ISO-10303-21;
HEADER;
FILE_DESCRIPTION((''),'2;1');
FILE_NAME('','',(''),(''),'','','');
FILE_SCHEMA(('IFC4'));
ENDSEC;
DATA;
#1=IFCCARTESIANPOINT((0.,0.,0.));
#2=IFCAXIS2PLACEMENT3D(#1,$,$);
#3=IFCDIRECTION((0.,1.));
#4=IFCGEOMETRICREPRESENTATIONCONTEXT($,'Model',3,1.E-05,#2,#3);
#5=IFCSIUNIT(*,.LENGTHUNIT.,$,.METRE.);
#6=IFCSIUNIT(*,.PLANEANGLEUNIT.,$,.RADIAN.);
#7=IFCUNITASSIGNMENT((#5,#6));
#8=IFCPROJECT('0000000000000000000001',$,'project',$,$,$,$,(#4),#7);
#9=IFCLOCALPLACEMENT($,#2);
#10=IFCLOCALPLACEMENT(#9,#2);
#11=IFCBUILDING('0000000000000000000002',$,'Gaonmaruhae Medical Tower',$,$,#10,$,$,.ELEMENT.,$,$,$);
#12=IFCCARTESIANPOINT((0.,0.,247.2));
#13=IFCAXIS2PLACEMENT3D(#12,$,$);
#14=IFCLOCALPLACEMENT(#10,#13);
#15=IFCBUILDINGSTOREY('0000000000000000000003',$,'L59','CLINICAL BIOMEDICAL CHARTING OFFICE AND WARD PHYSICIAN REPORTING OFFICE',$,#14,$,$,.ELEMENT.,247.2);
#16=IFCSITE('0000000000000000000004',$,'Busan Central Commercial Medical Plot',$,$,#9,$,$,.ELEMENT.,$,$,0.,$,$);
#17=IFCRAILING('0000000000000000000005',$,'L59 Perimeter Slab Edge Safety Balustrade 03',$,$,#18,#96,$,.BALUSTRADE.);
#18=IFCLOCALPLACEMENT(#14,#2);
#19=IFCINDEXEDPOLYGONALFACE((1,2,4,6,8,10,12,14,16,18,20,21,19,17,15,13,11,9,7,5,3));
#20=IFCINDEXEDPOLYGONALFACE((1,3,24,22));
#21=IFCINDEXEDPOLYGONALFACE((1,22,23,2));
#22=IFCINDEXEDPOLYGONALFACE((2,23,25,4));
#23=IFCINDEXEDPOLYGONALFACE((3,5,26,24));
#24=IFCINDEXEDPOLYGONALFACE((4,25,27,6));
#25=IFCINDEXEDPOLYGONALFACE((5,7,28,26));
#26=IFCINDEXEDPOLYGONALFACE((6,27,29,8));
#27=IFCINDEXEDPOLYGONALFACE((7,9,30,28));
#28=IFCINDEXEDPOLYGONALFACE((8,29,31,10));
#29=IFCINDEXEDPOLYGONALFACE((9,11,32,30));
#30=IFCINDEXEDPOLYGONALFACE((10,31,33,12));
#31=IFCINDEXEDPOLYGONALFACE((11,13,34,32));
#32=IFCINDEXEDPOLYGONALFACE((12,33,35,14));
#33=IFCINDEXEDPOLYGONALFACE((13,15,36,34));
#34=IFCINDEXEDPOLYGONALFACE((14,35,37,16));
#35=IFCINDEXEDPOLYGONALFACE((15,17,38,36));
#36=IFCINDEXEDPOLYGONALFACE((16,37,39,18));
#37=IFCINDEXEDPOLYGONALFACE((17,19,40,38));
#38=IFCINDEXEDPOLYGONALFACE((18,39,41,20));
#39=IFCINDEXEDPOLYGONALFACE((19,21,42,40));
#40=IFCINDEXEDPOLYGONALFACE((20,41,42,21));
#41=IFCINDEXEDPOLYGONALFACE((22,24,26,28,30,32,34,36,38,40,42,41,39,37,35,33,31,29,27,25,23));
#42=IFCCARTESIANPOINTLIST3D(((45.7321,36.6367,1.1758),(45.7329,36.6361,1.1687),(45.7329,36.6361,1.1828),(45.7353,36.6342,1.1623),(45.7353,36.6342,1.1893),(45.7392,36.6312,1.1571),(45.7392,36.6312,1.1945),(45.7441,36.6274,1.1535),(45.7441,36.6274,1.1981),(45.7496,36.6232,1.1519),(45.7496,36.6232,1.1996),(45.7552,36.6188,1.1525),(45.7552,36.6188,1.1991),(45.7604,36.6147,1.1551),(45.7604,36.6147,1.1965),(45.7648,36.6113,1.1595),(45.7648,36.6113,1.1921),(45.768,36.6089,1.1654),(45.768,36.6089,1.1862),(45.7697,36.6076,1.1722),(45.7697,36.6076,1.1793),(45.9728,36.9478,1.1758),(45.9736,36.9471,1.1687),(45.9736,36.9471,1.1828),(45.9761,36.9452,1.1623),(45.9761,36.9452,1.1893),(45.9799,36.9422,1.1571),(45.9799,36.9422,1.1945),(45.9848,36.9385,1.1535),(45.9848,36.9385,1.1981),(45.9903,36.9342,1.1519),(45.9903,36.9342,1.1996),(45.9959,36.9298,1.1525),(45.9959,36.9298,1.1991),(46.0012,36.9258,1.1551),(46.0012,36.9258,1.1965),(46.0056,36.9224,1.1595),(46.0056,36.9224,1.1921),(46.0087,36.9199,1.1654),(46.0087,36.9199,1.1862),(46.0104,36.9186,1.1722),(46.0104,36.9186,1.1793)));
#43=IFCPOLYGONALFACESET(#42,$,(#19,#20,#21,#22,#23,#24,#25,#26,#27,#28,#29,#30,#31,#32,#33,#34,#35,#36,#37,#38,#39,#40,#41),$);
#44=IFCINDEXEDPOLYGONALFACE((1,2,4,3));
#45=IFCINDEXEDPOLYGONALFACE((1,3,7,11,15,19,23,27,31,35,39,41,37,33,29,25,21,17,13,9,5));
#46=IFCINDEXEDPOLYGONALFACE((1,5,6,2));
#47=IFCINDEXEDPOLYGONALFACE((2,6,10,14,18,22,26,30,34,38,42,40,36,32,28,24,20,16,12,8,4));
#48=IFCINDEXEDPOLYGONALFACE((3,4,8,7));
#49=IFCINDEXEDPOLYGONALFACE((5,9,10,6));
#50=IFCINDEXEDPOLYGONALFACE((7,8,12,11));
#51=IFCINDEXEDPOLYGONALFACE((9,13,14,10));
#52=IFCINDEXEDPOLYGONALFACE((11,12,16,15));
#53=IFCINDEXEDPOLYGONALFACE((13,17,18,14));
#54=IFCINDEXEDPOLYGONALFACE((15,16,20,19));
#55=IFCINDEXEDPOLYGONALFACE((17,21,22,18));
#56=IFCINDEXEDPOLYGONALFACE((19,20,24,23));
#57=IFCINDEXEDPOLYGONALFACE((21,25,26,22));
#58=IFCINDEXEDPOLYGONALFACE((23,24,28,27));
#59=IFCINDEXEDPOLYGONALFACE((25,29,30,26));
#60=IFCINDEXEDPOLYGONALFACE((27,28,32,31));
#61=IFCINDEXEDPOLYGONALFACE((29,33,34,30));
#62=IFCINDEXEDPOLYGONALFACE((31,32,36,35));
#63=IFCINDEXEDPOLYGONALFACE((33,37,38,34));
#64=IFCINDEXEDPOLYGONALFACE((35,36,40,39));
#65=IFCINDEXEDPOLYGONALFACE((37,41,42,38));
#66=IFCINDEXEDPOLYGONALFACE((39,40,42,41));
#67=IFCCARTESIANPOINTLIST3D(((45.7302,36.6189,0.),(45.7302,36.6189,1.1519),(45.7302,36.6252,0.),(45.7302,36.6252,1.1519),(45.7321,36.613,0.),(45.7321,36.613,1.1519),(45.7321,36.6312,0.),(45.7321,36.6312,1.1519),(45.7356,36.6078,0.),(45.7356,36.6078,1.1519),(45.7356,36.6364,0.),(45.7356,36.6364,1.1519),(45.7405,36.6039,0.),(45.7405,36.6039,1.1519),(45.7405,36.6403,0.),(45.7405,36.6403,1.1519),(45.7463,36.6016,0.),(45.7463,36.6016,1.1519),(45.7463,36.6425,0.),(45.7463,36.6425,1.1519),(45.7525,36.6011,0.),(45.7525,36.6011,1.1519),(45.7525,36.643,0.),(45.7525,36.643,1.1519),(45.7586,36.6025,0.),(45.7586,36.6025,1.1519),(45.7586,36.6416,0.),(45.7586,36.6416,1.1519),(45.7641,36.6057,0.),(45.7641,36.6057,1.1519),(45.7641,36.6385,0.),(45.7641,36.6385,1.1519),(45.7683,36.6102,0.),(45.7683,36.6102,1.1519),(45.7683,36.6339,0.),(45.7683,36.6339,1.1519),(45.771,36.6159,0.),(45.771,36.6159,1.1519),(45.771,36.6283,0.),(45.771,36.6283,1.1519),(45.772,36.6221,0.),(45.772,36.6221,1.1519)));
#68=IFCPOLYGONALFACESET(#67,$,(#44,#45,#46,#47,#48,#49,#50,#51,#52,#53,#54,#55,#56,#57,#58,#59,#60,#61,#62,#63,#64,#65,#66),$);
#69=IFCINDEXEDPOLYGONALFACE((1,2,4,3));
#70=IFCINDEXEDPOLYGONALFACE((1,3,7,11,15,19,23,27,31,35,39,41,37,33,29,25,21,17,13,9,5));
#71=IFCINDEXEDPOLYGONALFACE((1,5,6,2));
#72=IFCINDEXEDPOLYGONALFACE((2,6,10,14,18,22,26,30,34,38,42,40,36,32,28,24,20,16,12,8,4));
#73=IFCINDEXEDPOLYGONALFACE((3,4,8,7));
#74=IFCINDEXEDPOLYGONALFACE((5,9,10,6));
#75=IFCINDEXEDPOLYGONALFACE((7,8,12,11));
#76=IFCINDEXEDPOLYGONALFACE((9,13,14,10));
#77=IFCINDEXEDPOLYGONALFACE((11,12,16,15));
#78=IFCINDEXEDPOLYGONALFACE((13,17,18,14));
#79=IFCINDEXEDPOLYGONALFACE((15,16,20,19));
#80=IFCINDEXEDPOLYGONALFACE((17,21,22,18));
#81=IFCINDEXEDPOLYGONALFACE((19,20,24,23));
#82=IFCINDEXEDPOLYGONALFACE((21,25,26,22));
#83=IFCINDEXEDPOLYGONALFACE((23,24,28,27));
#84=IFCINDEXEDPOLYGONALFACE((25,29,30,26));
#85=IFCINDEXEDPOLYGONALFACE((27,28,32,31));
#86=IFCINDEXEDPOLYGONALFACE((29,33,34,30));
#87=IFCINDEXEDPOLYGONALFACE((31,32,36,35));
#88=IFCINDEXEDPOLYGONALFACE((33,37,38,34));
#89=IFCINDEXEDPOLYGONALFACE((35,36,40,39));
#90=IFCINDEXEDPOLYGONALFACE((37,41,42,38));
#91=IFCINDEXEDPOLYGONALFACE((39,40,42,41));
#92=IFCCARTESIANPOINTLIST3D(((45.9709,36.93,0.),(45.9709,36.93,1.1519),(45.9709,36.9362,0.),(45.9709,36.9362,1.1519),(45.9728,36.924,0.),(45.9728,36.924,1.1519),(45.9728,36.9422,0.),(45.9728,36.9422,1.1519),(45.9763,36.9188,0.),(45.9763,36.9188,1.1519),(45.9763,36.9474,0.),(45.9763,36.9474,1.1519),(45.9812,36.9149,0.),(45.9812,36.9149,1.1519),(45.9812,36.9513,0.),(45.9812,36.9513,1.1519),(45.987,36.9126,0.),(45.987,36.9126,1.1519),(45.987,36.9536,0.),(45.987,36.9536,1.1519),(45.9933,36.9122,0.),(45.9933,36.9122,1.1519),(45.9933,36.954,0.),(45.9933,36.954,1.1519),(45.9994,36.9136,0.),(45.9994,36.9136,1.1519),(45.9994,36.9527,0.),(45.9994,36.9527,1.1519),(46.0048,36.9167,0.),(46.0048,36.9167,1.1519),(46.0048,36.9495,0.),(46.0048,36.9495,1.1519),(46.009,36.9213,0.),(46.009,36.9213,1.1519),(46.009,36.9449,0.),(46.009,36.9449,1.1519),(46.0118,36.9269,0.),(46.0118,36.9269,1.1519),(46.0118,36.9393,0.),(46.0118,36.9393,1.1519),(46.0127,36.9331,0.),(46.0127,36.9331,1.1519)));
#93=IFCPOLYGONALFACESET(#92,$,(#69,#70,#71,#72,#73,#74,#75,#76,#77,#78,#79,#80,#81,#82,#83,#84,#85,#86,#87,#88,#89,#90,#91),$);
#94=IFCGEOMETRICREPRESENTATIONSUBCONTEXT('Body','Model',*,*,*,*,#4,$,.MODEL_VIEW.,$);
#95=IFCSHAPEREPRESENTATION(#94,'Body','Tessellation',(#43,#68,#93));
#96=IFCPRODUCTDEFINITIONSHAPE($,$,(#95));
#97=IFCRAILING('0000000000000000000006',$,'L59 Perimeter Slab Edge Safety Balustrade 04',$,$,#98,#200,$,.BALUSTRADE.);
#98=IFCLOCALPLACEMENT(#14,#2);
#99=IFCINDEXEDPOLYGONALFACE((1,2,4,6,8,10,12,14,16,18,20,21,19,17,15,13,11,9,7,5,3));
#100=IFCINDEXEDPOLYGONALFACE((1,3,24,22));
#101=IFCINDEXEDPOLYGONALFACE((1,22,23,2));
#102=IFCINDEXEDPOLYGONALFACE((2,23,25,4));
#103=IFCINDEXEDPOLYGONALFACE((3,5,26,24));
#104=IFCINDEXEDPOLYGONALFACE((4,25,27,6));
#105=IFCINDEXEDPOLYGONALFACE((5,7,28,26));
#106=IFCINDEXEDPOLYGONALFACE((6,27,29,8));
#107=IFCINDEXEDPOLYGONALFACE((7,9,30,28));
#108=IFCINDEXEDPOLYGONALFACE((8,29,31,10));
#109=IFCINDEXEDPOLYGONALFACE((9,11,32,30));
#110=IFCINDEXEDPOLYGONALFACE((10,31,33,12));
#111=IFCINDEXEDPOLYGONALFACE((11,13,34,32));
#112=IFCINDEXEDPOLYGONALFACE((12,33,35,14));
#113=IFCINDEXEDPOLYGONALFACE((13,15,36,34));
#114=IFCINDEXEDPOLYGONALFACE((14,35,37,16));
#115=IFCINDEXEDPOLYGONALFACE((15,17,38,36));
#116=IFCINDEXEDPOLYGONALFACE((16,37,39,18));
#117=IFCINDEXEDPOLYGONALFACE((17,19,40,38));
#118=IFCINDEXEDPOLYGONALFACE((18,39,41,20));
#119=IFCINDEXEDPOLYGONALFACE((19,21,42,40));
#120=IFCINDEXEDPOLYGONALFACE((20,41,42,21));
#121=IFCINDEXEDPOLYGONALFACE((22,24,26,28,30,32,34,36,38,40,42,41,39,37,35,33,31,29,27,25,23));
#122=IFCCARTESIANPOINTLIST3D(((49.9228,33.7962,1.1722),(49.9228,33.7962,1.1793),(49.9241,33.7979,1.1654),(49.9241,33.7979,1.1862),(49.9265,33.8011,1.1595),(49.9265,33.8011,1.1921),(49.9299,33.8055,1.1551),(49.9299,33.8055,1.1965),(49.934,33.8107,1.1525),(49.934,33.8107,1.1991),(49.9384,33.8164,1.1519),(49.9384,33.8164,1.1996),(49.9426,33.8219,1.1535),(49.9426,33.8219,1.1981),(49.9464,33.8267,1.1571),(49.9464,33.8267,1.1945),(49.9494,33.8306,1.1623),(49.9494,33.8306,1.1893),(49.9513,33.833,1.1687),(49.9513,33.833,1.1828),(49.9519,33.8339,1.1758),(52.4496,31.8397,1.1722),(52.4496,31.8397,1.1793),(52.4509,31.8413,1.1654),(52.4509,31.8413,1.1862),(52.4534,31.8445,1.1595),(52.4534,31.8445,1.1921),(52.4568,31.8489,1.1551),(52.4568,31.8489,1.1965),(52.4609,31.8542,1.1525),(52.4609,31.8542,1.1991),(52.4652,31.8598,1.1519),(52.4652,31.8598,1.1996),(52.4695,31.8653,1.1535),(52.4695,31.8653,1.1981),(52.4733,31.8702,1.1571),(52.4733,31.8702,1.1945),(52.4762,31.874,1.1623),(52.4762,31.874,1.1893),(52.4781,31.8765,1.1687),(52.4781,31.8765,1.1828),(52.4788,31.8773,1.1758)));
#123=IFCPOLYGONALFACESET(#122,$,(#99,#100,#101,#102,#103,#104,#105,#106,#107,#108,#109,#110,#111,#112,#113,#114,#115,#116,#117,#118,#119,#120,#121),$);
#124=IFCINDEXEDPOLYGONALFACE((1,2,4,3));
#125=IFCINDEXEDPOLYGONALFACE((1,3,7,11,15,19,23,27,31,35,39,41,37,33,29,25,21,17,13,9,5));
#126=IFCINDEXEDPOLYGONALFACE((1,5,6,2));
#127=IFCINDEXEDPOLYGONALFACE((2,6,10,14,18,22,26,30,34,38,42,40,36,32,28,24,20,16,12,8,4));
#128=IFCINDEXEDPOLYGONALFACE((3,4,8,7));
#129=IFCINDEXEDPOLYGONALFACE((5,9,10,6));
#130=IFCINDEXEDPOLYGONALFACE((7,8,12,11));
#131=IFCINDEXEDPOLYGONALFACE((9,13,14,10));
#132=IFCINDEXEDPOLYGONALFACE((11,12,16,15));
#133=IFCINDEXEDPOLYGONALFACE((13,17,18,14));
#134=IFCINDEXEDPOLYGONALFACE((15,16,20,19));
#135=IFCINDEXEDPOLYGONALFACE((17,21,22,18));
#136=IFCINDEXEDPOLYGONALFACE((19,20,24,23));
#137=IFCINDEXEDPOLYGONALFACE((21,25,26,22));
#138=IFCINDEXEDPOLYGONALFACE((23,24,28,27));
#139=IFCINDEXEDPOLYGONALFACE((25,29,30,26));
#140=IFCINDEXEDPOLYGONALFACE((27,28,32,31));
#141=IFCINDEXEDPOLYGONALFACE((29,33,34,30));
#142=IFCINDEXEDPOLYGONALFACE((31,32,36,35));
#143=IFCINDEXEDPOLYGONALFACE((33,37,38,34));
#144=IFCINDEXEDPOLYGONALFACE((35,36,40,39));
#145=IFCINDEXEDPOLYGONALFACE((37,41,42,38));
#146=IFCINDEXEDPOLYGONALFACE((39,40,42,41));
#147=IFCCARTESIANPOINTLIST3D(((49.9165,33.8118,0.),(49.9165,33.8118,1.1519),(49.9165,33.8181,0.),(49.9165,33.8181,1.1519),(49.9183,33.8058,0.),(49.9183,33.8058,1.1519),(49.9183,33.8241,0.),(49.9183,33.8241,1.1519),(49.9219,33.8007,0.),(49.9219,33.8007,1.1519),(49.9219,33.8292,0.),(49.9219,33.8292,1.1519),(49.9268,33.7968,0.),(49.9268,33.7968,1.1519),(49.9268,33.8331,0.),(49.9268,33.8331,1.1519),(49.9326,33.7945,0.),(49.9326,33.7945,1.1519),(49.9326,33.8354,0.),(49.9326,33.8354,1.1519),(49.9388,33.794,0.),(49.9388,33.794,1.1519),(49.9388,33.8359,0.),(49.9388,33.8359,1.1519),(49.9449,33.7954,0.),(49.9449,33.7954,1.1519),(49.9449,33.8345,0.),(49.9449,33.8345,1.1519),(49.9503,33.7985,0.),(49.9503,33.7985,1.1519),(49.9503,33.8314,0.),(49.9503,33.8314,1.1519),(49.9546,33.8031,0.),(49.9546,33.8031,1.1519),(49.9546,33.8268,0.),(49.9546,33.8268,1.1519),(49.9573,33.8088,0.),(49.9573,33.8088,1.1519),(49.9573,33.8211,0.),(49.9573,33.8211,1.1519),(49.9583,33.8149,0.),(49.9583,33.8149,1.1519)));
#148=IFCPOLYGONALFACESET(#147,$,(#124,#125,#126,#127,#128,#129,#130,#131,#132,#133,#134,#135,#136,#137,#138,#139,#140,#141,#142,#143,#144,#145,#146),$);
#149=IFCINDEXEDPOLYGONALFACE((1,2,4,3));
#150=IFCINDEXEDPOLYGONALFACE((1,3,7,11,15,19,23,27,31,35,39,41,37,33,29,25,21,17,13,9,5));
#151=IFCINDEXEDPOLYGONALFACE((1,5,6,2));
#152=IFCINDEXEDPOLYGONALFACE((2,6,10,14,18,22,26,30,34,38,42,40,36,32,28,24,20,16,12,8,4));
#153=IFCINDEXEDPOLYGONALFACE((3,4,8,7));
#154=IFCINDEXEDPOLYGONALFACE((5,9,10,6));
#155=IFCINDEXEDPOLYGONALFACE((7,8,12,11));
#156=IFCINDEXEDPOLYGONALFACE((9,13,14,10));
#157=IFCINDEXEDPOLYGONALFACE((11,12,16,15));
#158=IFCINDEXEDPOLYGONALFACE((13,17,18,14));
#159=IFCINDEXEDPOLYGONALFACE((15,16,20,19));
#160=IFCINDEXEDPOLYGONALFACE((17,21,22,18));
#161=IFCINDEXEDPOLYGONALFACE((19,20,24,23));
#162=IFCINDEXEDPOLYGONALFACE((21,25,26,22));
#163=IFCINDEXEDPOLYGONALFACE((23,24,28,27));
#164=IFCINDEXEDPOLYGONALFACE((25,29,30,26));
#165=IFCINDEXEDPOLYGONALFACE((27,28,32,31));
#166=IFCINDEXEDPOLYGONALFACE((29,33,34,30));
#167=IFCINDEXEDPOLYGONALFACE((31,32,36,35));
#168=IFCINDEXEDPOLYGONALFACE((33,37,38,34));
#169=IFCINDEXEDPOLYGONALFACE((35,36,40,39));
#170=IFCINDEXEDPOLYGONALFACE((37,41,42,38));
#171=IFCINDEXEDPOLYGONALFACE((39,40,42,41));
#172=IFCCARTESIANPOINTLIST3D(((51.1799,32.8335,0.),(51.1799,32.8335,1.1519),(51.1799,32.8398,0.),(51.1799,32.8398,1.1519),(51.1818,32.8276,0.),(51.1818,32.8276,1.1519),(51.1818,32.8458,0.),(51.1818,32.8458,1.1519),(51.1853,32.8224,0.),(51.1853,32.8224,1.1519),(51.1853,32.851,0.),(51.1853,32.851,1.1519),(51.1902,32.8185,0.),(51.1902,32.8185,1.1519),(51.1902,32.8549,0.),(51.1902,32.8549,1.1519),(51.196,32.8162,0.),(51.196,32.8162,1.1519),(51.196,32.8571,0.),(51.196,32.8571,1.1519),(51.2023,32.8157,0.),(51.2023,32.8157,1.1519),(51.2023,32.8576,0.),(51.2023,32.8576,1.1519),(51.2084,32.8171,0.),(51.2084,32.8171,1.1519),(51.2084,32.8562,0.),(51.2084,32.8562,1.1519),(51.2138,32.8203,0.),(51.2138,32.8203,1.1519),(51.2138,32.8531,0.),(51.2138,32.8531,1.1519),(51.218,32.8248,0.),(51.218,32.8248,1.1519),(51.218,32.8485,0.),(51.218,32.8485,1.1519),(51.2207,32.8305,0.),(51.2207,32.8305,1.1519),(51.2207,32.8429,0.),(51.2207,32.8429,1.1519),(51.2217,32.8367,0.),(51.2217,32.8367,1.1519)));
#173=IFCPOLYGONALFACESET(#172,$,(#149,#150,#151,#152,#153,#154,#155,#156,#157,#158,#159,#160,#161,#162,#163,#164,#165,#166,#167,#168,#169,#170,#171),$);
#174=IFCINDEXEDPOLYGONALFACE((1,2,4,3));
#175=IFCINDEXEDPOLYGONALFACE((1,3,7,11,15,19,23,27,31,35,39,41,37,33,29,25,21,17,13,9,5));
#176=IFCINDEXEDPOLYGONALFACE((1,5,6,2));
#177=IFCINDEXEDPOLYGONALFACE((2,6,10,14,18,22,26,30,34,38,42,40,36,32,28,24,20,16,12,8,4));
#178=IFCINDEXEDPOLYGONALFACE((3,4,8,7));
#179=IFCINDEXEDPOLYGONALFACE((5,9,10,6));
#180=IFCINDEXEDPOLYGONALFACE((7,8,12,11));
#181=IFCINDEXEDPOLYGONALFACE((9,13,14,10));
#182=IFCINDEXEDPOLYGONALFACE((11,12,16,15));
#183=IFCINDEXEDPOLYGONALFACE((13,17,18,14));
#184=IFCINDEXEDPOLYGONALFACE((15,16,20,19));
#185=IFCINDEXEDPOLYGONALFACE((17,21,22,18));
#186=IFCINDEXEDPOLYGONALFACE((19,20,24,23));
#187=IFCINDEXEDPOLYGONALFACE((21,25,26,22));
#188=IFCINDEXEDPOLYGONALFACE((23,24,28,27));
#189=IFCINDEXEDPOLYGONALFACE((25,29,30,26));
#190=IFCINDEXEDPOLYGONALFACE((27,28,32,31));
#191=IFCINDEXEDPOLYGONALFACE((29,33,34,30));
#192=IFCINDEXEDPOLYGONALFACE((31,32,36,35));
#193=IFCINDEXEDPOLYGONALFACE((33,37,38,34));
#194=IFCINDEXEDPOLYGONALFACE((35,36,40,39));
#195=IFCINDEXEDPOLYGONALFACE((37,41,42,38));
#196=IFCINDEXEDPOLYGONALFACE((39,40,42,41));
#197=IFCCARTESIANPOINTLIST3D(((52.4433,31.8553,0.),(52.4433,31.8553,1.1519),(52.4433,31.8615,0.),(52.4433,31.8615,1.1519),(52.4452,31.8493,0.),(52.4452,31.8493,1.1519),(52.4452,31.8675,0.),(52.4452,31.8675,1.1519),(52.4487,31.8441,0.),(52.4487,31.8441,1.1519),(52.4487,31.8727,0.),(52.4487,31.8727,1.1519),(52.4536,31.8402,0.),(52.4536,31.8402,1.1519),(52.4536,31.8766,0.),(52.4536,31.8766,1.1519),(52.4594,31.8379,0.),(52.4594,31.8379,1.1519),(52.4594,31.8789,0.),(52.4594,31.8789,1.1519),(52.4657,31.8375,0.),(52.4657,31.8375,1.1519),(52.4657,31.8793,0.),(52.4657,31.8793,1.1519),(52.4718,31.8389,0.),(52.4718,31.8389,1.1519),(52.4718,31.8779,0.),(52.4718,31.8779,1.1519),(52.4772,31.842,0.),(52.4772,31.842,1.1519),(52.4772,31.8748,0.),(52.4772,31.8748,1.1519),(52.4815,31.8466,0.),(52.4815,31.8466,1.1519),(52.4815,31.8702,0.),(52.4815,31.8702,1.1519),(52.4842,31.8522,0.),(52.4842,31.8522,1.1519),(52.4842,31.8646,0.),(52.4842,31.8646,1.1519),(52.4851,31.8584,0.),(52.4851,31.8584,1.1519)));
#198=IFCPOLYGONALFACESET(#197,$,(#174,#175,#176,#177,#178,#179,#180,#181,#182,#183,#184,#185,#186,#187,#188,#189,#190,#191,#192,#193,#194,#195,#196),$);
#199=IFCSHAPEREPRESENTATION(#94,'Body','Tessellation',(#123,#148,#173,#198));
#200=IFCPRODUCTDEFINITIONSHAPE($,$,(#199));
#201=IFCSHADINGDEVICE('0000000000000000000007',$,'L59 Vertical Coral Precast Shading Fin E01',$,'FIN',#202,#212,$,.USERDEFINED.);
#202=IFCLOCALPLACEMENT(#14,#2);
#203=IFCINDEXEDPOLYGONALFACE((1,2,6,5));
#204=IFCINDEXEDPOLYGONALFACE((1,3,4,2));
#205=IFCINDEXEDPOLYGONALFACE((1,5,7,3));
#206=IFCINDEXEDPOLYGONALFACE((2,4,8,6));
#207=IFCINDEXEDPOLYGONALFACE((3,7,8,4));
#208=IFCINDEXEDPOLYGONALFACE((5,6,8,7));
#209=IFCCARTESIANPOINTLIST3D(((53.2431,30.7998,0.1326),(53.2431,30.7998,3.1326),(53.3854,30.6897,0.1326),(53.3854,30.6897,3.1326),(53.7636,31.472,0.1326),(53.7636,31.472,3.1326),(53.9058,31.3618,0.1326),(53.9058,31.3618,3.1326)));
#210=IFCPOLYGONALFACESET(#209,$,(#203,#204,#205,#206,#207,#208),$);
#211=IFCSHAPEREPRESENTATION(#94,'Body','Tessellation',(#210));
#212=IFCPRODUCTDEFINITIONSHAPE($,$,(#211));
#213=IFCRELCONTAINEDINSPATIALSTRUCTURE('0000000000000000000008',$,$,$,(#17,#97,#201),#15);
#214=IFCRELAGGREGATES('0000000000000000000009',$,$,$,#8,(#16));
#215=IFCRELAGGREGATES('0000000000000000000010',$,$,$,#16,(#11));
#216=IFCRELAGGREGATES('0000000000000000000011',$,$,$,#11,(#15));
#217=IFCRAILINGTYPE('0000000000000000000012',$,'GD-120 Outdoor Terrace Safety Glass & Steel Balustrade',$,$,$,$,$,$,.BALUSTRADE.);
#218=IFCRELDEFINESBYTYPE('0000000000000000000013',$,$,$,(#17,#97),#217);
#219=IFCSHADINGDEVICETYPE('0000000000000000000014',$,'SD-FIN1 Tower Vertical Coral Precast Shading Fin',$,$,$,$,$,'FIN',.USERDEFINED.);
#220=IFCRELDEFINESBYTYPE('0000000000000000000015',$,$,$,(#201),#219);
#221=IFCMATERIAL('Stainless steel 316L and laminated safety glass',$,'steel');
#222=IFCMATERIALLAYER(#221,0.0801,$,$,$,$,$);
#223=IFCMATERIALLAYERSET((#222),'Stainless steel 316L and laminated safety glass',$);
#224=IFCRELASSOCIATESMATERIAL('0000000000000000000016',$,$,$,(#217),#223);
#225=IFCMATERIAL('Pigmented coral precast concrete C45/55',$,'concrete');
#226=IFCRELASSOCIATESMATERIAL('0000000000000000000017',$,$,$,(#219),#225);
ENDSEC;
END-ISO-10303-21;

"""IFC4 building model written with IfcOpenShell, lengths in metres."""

from ifc_helpers import new_model, si_unit, direction, frame, origin, origin_2d, place, context, subcontext, project, spatial, rectangle, circle, extrude, material, layer, layer_set, type_object, element, save


model = new_model("IFC4")

# Units and contexts
model_context = context("Model", 3, precision=1e-05, world=origin(), true_north=direction((0.0, 1.0)))
body_context = subcontext(model_context, "Body", "Model", "MODEL_VIEW")
ifc_project = project(units=[si_unit("LENGTHUNIT", "METRE"), si_unit("PLANEANGLEUNIT", "RADIAN")], contexts=[model_context])

# Site, building, storey
site_placement = place(None, origin())
site = spatial("IfcSite", under=ifc_project, at=site_placement, Name="Busan Central Commercial Medical Plot", CompositionType="ELEMENT", RefElevation=0.0)
building_placement = place(site_placement, origin())
building = spatial("IfcBuilding", under=site, at=building_placement, Name="Gaonmaruhae Medical Tower", CompositionType="ELEMENT")
storey_placement = place(building_placement, frame((0.0, 0.0, 247.2)))
storey = spatial("IfcBuildingStorey", under=building, at=storey_placement, Name="L59", Description="CLINICAL BIOMEDICAL CHARTING OFFICE AND WARD PHYSICIAN REPORTING OFFICE", CompositionType="ELEMENT", Elevation=247.2)

# Railings
ifc_material_1 = material(Name="Stainless steel 316L and laminated safety glass", Category="steel")
ifc_layer_1 = layer(ifc_material_1, 0.0801)
ifc_layer_set_1 = layer_set([ifc_layer_1], Name="Stainless steel 316L and laminated safety glass")
railing_type = type_object("IfcRailingType", Name="GD-120 Outdoor Terrace Safety Glass & Steel Balustrade", PredefinedType="BALUSTRADE", material=ifc_layer_set_1)
railing_1_placement = place(storey_placement, frame((45.751, 36.6221, 0.0)))
element("IfcRailing", 1, at=railing_1_placement, inside=storey, type_object=railing_type, Name="L59 Perimeter Slab Edge Safety Balustrade 03", PredefinedType="BALUSTRADE", context=body_context, shape_type="SweptSolid", body=[
    extrude(circle(Radius=0.0239, at=origin_2d()), frame((0.0, 0.0, 1.1758), z_axis=(0.612048, 0.790821, 0.0), x_axis=(-0.790821, 0.612048, 0.0)), (0.0, 0.0, 1.0), 0.3933),
    extrude(circle(Radius=0.021, at=origin_2d()), origin(), (0.0, 0.0, 1.0), 1.1519),
    extrude(circle(Radius=0.021, at=origin_2d()), frame((0.2407, 0.311, 0.0)), (0.0, 0.0, 1.0), 1.1519),
])
railing_2_placement = place(storey_placement, frame((49.9373, 33.8149, 0.0)))
element("IfcRailing", 2, at=railing_2_placement, inside=storey, type_object=railing_type, Name="L59 Perimeter Slab Edge Safety Balustrade 04", PredefinedType="BALUSTRADE", context=body_context, shape_type="SweptSolid", body=[
    extrude(circle(Radius=0.0239, at=origin_2d()), frame((0.0, 0.0, 1.1758), z_axis=(0.790683, -0.612226, 0.0), x_axis=(0.612226, 0.790683, 0.0)), (0.0, 0.0, 1.0), 3.1958),
    extrude(circle(Radius=0.021, at=origin_2d()), origin(), (0.0, 0.0, 1.0), 1.1519),
    extrude(circle(Radius=0.021, at=origin_2d()), frame((1.2634, -0.9783, 0.0)), (0.0, 0.0, 1.0), 1.1519),
    extrude(circle(Radius=0.021, at=origin_2d()), frame((2.5269, -1.9565, 0.0)), (0.0, 0.0, 1.0), 1.1519),
])

# Shading device
ifc_material_2 = material(Name="Pigmented coral precast concrete C45/55", Category="concrete")
shading_device_type = type_object("IfcShadingDeviceType", Name="SD-FIN1 Tower Vertical Coral Precast Shading Fin", ElementType="FIN", PredefinedType="USERDEFINED", material=ifc_material_2)
for number, where, z_axis, x_axis, name in (
    (3, (53.5745, 31.0808, 0.1326), (0.0, 0.0, 1.0), (0.79069, -0.612217, 0.0), "L59 Vertical Coral Precast Shading Fin E01"),
):
    element("IfcShadingDevice", number, at=place(storey_placement, frame(where, z_axis=z_axis, x_axis=x_axis)), inside=storey, type_object=shading_device_type, Name=name, ObjectType="FIN", PredefinedType="USERDEFINED", context=body_context, shape_type="SweptSolid", body=[
        extrude(rectangle(XDim=0.1799, YDim=0.8501, at=origin_2d()), origin(), (0.0, 0.0, 1.0), 3.0),
    ])

save(model, "model.ifc")
